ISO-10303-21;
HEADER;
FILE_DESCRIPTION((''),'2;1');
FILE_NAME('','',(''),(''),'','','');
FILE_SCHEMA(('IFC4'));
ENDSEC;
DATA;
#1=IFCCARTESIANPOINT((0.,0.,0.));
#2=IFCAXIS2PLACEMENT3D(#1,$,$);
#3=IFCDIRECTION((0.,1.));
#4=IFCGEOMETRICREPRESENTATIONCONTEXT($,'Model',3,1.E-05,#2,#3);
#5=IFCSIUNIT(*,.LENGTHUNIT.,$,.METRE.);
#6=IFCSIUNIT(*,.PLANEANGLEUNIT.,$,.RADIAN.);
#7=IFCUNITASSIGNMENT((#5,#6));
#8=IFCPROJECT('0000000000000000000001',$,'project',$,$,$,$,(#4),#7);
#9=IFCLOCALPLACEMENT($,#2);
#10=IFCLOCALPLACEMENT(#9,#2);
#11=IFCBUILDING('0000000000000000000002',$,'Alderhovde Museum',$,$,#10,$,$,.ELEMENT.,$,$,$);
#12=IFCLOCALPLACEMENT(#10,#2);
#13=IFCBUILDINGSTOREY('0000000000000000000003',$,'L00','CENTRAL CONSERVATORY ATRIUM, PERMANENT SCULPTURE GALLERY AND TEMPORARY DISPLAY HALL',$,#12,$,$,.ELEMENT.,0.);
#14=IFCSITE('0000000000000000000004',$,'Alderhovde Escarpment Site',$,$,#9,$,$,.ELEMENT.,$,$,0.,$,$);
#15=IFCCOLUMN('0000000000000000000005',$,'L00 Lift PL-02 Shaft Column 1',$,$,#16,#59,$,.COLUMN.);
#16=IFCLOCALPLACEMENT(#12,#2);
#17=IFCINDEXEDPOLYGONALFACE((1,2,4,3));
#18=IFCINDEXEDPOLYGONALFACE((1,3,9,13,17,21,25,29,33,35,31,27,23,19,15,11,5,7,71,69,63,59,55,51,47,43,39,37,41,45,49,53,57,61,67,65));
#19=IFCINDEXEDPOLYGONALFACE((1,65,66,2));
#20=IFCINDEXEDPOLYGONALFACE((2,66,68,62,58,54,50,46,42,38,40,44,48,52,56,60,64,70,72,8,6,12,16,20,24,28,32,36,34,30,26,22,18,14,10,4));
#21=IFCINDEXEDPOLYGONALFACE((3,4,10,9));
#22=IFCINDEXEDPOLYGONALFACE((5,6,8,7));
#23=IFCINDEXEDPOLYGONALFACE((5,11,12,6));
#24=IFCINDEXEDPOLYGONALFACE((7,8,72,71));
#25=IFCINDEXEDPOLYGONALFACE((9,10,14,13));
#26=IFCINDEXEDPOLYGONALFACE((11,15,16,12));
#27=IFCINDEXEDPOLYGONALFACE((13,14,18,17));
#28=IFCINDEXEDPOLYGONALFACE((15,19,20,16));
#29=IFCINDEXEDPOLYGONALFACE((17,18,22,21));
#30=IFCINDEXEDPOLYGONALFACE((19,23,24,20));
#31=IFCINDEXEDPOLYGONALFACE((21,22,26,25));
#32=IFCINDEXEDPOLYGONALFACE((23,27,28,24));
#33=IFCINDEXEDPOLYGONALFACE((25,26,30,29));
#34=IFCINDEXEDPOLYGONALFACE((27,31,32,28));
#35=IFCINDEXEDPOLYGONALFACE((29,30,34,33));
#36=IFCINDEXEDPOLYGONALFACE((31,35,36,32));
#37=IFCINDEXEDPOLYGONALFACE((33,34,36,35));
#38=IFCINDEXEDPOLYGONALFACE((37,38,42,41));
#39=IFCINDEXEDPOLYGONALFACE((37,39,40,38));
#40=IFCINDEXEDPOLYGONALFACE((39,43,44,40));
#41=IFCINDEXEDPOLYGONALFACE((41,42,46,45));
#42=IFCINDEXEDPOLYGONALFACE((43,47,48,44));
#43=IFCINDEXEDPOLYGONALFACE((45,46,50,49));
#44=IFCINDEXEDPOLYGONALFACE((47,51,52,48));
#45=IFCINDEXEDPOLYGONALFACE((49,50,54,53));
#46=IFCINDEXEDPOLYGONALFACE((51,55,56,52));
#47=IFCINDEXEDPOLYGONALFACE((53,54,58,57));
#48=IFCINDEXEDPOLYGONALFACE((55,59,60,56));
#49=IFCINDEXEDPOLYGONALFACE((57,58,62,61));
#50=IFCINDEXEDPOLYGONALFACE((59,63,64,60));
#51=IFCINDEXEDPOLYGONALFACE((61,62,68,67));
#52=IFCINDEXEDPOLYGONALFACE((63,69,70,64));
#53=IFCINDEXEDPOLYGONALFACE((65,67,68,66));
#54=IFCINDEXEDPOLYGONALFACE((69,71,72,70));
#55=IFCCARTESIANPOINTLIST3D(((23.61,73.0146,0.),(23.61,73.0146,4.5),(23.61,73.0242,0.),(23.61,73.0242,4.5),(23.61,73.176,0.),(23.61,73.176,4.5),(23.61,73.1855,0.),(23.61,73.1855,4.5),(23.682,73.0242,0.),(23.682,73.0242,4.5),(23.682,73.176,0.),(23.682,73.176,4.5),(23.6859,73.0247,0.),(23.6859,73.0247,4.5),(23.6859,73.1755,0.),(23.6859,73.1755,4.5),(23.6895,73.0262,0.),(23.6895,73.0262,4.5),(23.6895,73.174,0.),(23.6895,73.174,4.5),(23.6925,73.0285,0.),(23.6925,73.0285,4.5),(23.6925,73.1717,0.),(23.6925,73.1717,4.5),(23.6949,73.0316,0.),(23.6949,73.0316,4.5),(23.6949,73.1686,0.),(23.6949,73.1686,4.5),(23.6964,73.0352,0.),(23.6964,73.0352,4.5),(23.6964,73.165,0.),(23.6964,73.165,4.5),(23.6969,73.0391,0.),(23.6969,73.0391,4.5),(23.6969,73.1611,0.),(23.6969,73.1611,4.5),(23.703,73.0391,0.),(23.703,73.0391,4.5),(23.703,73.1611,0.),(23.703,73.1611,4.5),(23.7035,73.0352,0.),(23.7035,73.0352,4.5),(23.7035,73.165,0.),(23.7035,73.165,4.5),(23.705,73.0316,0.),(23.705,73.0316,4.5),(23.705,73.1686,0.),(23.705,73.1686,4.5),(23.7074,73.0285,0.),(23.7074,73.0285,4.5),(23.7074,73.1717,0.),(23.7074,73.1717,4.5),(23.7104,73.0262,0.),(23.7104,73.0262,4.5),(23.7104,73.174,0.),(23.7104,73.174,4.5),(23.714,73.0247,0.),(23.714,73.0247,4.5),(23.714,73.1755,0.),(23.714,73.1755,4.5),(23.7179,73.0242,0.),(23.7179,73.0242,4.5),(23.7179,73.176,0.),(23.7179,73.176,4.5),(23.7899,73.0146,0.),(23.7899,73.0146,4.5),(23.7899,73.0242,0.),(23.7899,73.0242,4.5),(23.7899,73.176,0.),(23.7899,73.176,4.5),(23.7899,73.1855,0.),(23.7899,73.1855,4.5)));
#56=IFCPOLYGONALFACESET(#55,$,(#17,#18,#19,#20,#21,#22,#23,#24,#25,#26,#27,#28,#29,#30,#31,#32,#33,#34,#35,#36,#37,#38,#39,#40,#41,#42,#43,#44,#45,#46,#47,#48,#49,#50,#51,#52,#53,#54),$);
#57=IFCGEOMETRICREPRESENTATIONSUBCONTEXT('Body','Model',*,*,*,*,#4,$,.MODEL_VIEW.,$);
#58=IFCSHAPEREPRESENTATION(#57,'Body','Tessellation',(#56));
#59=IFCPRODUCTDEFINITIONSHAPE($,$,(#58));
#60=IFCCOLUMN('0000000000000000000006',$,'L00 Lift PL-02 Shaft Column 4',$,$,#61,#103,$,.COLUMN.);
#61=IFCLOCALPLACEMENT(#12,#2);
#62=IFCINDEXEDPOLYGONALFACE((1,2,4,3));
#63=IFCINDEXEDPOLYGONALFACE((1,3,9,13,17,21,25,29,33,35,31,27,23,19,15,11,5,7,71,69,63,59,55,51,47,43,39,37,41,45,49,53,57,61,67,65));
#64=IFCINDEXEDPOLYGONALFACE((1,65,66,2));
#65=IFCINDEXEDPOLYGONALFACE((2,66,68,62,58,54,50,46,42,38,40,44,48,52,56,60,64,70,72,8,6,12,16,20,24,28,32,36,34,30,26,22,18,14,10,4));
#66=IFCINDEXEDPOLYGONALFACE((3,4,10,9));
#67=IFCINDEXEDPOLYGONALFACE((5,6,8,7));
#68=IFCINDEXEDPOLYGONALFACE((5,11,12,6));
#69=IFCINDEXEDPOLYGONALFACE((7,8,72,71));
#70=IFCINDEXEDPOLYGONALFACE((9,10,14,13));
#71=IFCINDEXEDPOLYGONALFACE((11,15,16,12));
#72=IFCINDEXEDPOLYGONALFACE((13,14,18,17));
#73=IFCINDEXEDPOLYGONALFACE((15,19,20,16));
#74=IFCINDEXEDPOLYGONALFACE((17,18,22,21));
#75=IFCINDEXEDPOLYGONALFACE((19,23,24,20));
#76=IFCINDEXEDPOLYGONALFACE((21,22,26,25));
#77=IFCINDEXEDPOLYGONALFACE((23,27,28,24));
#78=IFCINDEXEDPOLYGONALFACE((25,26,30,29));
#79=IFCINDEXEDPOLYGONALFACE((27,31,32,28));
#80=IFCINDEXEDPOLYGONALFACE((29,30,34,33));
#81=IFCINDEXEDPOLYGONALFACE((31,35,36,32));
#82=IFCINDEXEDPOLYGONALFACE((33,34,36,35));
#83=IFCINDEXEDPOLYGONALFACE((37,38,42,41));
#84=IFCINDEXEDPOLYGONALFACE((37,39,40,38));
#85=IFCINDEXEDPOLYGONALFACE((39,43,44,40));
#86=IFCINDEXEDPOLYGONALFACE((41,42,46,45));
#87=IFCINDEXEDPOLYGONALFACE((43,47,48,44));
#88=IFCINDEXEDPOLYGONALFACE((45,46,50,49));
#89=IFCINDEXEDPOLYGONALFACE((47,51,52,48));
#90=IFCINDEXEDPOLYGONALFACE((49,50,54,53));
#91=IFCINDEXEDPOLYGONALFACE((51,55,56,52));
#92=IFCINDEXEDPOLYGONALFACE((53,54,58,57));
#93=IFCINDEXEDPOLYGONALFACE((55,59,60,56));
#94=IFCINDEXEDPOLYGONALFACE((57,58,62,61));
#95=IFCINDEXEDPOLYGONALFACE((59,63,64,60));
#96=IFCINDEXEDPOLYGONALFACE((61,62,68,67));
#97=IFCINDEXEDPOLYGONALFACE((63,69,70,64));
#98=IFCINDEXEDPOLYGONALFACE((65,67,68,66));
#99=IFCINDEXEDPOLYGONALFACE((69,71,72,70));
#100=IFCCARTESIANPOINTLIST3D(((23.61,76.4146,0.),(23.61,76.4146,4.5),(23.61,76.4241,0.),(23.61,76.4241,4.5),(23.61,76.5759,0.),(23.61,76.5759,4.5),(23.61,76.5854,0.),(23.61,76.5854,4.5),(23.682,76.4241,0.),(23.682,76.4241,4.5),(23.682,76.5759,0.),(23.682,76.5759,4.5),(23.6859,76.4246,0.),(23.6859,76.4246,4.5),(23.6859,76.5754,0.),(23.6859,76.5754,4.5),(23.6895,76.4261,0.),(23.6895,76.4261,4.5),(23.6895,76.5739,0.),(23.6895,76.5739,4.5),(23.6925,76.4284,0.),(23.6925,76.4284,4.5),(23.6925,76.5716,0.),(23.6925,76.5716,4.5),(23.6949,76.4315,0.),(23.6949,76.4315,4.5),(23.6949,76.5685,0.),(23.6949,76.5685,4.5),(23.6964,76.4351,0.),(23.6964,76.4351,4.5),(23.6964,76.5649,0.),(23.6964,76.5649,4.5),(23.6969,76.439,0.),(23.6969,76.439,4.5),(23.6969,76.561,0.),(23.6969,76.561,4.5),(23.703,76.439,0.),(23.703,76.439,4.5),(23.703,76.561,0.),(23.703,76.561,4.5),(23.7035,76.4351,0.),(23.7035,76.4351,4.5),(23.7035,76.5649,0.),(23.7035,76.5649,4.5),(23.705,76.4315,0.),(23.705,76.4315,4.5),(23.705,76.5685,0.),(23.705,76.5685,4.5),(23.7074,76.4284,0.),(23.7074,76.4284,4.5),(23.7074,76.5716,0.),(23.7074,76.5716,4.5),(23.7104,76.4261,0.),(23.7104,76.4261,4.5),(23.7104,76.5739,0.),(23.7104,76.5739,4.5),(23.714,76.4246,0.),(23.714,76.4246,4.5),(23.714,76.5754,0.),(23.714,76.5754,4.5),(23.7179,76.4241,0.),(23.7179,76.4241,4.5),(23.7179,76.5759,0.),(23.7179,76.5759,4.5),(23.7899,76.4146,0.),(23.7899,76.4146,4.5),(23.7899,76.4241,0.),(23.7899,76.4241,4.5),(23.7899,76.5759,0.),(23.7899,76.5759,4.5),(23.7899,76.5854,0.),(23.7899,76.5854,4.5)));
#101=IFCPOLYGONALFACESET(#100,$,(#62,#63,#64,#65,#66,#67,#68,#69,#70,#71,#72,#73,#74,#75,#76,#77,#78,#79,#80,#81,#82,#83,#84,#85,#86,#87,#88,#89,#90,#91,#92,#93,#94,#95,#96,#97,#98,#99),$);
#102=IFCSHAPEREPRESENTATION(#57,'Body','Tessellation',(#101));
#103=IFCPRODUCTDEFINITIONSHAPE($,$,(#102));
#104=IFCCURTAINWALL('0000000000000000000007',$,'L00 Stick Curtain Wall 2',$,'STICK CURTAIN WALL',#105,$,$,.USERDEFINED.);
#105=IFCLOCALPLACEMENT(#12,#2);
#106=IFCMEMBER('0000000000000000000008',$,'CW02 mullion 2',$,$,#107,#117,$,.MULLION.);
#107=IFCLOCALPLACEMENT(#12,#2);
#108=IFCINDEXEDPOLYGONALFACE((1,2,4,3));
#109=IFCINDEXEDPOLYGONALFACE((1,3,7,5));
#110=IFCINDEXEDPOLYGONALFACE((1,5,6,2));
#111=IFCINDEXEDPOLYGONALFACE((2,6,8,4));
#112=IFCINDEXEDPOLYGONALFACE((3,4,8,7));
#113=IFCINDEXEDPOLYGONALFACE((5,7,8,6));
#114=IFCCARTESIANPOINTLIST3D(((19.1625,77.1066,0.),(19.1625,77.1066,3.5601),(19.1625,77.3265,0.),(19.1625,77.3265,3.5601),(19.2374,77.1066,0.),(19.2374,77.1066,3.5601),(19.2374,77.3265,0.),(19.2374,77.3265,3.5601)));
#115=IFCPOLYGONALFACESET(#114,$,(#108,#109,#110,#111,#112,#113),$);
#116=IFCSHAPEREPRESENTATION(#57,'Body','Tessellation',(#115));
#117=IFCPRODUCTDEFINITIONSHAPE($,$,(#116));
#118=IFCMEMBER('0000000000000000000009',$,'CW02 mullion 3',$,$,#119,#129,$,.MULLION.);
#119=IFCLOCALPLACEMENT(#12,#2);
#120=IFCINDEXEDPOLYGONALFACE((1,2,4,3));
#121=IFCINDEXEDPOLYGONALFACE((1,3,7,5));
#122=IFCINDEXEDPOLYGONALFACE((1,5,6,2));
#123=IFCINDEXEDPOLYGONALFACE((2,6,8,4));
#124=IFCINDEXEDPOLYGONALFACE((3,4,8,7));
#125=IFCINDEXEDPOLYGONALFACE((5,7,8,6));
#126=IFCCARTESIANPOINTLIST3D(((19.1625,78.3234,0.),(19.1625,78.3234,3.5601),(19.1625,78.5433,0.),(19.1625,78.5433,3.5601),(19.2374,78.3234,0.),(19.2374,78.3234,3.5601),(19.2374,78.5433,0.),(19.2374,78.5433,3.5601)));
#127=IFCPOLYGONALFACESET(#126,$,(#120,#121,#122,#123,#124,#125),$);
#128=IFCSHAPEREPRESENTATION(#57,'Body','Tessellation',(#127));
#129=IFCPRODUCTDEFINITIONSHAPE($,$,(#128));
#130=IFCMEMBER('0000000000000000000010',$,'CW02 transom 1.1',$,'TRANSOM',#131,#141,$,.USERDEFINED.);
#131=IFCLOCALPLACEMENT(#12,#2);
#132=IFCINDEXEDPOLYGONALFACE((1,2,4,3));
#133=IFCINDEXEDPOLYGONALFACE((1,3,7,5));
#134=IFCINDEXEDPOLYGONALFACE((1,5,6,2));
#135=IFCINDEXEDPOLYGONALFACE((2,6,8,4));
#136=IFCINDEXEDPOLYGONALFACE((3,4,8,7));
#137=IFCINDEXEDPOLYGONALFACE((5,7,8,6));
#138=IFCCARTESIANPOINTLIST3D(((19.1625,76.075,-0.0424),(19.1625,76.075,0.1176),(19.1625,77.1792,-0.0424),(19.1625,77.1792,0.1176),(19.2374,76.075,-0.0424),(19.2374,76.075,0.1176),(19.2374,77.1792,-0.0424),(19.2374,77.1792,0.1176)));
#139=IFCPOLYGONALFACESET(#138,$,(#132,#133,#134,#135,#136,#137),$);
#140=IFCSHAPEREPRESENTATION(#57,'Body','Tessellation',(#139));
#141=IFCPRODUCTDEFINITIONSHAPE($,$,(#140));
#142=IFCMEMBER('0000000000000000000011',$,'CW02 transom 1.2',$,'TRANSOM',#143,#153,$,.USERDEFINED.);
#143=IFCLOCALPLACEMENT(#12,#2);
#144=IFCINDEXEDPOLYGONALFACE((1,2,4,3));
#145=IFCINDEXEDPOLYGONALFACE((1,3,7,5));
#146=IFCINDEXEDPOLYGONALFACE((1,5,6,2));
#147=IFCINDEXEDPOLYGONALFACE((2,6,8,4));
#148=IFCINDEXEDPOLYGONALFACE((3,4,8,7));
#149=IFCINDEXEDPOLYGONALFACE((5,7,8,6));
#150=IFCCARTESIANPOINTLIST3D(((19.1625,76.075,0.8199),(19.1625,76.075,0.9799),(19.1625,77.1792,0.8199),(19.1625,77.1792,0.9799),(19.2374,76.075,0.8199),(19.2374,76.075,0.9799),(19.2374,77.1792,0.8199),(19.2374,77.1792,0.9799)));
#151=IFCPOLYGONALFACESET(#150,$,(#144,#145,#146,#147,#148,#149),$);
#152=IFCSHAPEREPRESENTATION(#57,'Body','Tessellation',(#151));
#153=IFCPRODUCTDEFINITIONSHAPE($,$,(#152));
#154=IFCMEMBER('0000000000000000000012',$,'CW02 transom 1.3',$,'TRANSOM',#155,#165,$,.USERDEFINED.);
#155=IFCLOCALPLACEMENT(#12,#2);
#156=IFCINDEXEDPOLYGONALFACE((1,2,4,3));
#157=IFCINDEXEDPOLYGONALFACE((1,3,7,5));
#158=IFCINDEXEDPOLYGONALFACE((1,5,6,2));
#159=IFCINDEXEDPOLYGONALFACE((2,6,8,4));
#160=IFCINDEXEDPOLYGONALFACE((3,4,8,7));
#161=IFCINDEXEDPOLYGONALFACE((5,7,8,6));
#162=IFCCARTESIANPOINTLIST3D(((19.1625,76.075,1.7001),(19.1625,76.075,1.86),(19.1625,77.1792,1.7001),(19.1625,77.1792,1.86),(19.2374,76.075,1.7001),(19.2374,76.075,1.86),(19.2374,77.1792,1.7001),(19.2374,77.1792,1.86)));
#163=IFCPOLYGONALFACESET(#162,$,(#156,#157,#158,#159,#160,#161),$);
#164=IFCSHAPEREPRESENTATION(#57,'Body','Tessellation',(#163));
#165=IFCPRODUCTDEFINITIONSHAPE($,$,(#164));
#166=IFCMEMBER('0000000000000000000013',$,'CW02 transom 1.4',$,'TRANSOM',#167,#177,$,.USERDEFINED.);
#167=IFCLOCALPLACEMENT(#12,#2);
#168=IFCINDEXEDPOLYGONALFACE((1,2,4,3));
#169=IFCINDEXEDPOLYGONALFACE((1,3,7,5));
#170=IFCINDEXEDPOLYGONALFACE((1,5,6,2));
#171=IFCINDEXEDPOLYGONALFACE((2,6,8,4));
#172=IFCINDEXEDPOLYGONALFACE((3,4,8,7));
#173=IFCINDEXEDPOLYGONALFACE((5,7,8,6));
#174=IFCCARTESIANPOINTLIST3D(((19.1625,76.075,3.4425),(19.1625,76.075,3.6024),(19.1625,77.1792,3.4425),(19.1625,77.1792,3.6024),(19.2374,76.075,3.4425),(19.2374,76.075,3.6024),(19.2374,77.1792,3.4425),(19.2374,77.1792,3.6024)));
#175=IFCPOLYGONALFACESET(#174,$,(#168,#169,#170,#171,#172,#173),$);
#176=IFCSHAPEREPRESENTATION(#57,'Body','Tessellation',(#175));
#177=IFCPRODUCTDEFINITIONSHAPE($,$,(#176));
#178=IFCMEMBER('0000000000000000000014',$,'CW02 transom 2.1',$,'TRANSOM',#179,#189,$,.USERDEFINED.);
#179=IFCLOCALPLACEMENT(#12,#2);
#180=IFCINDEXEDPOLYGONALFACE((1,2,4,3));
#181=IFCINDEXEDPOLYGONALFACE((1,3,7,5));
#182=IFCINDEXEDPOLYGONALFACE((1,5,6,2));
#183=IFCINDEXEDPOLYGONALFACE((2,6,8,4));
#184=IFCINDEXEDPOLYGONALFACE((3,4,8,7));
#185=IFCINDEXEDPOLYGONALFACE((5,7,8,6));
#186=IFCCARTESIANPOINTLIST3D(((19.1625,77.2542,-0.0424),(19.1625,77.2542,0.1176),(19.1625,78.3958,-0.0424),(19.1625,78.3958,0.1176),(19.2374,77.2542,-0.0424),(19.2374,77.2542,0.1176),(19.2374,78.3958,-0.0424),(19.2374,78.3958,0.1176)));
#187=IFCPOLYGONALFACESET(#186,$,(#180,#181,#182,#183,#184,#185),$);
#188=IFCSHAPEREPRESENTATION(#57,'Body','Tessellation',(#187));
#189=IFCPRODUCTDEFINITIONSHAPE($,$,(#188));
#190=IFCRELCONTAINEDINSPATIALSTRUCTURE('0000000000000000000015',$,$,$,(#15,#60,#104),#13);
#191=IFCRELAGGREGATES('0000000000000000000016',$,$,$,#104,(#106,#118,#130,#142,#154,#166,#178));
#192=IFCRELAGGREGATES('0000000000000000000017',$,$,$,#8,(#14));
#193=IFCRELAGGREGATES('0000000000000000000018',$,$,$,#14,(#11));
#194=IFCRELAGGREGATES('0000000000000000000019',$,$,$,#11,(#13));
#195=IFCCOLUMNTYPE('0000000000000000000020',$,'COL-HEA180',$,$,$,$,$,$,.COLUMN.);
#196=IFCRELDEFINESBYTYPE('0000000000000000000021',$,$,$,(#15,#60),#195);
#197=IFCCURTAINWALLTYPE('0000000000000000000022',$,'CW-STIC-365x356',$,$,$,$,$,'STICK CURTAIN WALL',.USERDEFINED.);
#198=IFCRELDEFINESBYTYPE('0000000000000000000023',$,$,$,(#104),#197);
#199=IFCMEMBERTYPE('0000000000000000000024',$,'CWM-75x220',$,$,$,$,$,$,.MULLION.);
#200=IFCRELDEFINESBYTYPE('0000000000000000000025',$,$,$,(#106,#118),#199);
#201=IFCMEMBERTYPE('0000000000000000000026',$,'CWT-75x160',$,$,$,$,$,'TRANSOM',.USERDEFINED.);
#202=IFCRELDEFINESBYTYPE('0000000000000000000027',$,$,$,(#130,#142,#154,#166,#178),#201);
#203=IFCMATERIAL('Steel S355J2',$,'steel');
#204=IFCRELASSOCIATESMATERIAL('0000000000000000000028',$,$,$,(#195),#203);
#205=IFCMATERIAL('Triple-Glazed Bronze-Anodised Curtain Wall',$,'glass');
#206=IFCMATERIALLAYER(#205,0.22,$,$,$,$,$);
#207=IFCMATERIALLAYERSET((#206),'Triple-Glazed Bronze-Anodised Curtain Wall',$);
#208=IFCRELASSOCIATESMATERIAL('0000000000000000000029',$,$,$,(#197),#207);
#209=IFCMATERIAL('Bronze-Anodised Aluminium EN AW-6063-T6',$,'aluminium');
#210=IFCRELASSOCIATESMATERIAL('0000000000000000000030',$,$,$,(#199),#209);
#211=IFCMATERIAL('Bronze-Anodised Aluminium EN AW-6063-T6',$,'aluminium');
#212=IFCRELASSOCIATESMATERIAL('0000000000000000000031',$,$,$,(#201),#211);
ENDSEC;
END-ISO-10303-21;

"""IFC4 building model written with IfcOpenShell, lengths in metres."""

from ifc_helpers import new_model, si_unit, direction, frame, origin, origin_2d, place, context, subcontext, project, spatial, rectangle, i_section, extrude, material, layer, layer_set, material_profile, profile_set, type_object, element, aggregate, save


model = new_model("IFC4")

# Units and contexts
model_context = context("Model", 3, precision=1e-05, world=origin(), true_north=direction((0.0, 1.0)))
body_context = subcontext(model_context, "Body", "Model", "MODEL_VIEW")
ifc_project = project(units=[si_unit("LENGTHUNIT", "METRE"), si_unit("PLANEANGLEUNIT", "RADIAN")], contexts=[model_context])

# Site, building, storey
site_placement = place(None, origin())
site = spatial("IfcSite", under=ifc_project, at=site_placement, Name="Alderhovde Escarpment Site", CompositionType="ELEMENT", RefElevation=0.0)
building_placement = place(site_placement, origin())
building = spatial("IfcBuilding", under=site, at=building_placement, Name="Alderhovde Museum", CompositionType="ELEMENT")
storey_placement = place(building_placement, origin())
storey = spatial("IfcBuildingStorey", under=building, at=storey_placement, Name="L00", Description="CENTRAL CONSERVATORY ATRIUM, PERMANENT SCULPTURE GALLERY AND TEMPORARY DISPLAY HALL", CompositionType="ELEMENT", Elevation=0.0)

# Columns
ifc_material_1 = material(Name="Steel S355J2", Category="steel")
ifc_material_profile_1 = material_profile(ifc_material_1, i_section(OverallWidth=0.1799, OverallDepth=0.1709, WebThickness=0.0061, FlangeThickness=0.0095, FilletRadius=0.0149, at=origin_2d()), Name="HEA 180")
ifc_profile_set_1 = profile_set([ifc_material_profile_1], Name="Steel S355J2")
column_type = type_object("IfcColumnType", Name="COL-HEA180", PredefinedType="COLUMN", material=ifc_profile_set_1)
for number, where, z_axis, x_axis, name in (
    (1, (23.7, 73.1001, 0.0), (0.0, 0.0, 1.0), (1.0, 0.0, 0.0), "L00 Lift PL-02 Shaft Column 1"),
    (2, (23.7, 76.5, 0.0), (0.0, 0.0, 1.0), (1.0, 0.0, 0.0), "L00 Lift PL-02 Shaft Column 4"),
):
    element("IfcColumn", number, at=place(storey_placement, frame(where, z_axis=z_axis, x_axis=x_axis)), inside=storey, type_object=column_type, Name=name, PredefinedType="COLUMN", context=body_context, shape_type="SweptSolid", body=[
        extrude(i_section(OverallWidth=0.1799, OverallDepth=0.1709, WebThickness=0.0061, FlangeThickness=0.0095, FilletRadius=0.0149, at=origin_2d()), origin(), (0.0, 0.0, 1.0), 4.5),
    ])

# Curtain wall, members
ifc_material_2 = material(Name="Triple-Glazed Bronze-Anodised Curtain Wall", Category="glass")
ifc_layer_1 = layer(ifc_material_2, 0.22)
ifc_layer_set_1 = layer_set([ifc_layer_1], Name="Triple-Glazed Bronze-Anodised Curtain Wall")
curtain_wall_type = type_object("IfcCurtainWallType", Name="CW-STIC-365x356", ElementType="STICK CURTAIN WALL", PredefinedType="USERDEFINED", material=ifc_layer_set_1)
curtain_wall_placement = place(storey_placement, origin())
curtain_wall = element("IfcCurtainWall", 3, at=curtain_wall_placement, inside=storey, type_object=curtain_wall_type, Name="L00 Stick Curtain Wall 2", ObjectType="STICK CURTAIN WALL", PredefinedType="USERDEFINED")
ifc_material_3 = material(Name="Bronze-Anodised Aluminium EN AW-6063-T6", Category="aluminium")
ifc_material_profile_2 = material_profile(ifc_material_3, rectangle(XDim=0.075, YDim=0.22, at=origin_2d()), Name="MULLION 75x220")
ifc_profile_set_2 = profile_set([ifc_material_profile_2], Name="Bronze-Anodised Aluminium EN AW-6063-T6")
member_type_1 = type_object("IfcMemberType", Name="CWM-75x220", PredefinedType="MULLION", material=ifc_profile_set_2)
member_1_placement = place(storey_placement, frame((19.2, 77.2166, 0.0), z_axis=(0.0, 0.0, 1.0), x_axis=(-1.0, 0.0, 0.0)))
member_1 = element("IfcMember", 4, at=member_1_placement, type_object=member_type_1, Name="CW02 mullion 2", PredefinedType="MULLION", context=body_context, shape_type="SweptSolid", body=[
    extrude(rectangle(XDim=0.075, YDim=0.22, at=origin_2d()), origin(), (0.0, 0.0, 1.0), 3.5601),
])
member_2_placement = place(storey_placement, frame((19.2, 78.4333, 0.0), z_axis=(0.0, 0.0, 1.0), x_axis=(-1.0, 0.0, 0.0)))
member_2 = element("IfcMember", 5, at=member_2_placement, type_object=member_type_1, Name="CW02 mullion 3", PredefinedType="MULLION", context=body_context, shape_type="SweptSolid", body=[
    extrude(rectangle(XDim=0.075, YDim=0.22, at=origin_2d()), origin(), (0.0, 0.0, 1.0), 3.5601),
])
ifc_material_4 = material(Name="Bronze-Anodised Aluminium EN AW-6063-T6", Category="aluminium")
ifc_material_profile_3 = material_profile(ifc_material_4, rectangle(XDim=0.075, YDim=0.1599, at=origin_2d()), Name="TRANSOM 75x160")
ifc_profile_set_3 = profile_set([ifc_material_profile_3], Name="Bronze-Anodised Aluminium EN AW-6063-T6")
member_type_2 = type_object("IfcMemberType", Name="CWT-75x160", ElementType="TRANSOM", PredefinedType="USERDEFINED", material=ifc_profile_set_3)
member_3_placement = place(storey_placement, frame((19.2, 76.075, 0.0376), z_axis=(0.0, 1.0, 0.0), x_axis=(-1.0, 0.0, 0.0)))
member_3 = element("IfcMember", 6, at=member_3_placement, type_object=member_type_2, Name="CW02 transom 1.1", ObjectType="TRANSOM", PredefinedType="USERDEFINED", context=body_context, shape_type="SweptSolid", body=[
    extrude(rectangle(XDim=0.075, YDim=0.1599, at=origin_2d()), origin(), (0.0, 0.0, 1.0), 1.1042),
])
member_4_placement = place(storey_placement, frame((19.2, 76.075, 0.8999), z_axis=(0.0, 1.0, 0.0), x_axis=(-1.0, 0.0, 0.0)))
member_4 = element("IfcMember", 7, at=member_4_placement, type_object=member_type_2, Name="CW02 transom 1.2", ObjectType="TRANSOM", PredefinedType="USERDEFINED", context=body_context, shape_type="SweptSolid", body=[
    extrude(rectangle(XDim=0.075, YDim=0.1599, at=origin_2d()), origin(), (0.0, 0.0, 1.0), 1.1042),
])
member_5_placement = place(storey_placement, frame((19.2, 76.075, 1.78), z_axis=(0.0, 1.0, 0.0), x_axis=(-1.0, 0.0, 0.0)))
member_5 = element("IfcMember", 8, at=member_5_placement, type_object=member_type_2, Name="CW02 transom 1.3", ObjectType="TRANSOM", PredefinedType="USERDEFINED", context=body_context, shape_type="SweptSolid", body=[
    extrude(rectangle(XDim=0.075, YDim=0.1599, at=origin_2d()), origin(), (0.0, 0.0, 1.0), 1.1042),
])
member_6_placement = place(storey_placement, frame((19.2, 76.075, 3.5225), z_axis=(0.0, 1.0, 0.0), x_axis=(-1.0, 0.0, 0.0)))
member_6 = element("IfcMember", 9, at=member_6_placement, type_object=member_type_2, Name="CW02 transom 1.4", ObjectType="TRANSOM", PredefinedType="USERDEFINED", context=body_context, shape_type="SweptSolid", body=[
    extrude(rectangle(XDim=0.075, YDim=0.1599, at=origin_2d()), origin(), (0.0, 0.0, 1.0), 1.1042),
])
member_7_placement = place(storey_placement, frame((19.2, 77.2542, 0.0376), z_axis=(0.0, 1.0, 0.0), x_axis=(-1.0, 0.0, 0.0)))
member_7 = element("IfcMember", 10, at=member_7_placement, type_object=member_type_2, Name="CW02 transom 2.1", ObjectType="TRANSOM", PredefinedType="USERDEFINED", context=body_context, shape_type="SweptSolid", body=[
    extrude(rectangle(XDim=0.075, YDim=0.1599, at=origin_2d()), origin(), (0.0, 0.0, 1.0), 1.1416),
])
aggregate(curtain_wall, [member_1, member_2, member_3, member_4, member_5, member_6, member_7])

save(model, "model.ifc")
